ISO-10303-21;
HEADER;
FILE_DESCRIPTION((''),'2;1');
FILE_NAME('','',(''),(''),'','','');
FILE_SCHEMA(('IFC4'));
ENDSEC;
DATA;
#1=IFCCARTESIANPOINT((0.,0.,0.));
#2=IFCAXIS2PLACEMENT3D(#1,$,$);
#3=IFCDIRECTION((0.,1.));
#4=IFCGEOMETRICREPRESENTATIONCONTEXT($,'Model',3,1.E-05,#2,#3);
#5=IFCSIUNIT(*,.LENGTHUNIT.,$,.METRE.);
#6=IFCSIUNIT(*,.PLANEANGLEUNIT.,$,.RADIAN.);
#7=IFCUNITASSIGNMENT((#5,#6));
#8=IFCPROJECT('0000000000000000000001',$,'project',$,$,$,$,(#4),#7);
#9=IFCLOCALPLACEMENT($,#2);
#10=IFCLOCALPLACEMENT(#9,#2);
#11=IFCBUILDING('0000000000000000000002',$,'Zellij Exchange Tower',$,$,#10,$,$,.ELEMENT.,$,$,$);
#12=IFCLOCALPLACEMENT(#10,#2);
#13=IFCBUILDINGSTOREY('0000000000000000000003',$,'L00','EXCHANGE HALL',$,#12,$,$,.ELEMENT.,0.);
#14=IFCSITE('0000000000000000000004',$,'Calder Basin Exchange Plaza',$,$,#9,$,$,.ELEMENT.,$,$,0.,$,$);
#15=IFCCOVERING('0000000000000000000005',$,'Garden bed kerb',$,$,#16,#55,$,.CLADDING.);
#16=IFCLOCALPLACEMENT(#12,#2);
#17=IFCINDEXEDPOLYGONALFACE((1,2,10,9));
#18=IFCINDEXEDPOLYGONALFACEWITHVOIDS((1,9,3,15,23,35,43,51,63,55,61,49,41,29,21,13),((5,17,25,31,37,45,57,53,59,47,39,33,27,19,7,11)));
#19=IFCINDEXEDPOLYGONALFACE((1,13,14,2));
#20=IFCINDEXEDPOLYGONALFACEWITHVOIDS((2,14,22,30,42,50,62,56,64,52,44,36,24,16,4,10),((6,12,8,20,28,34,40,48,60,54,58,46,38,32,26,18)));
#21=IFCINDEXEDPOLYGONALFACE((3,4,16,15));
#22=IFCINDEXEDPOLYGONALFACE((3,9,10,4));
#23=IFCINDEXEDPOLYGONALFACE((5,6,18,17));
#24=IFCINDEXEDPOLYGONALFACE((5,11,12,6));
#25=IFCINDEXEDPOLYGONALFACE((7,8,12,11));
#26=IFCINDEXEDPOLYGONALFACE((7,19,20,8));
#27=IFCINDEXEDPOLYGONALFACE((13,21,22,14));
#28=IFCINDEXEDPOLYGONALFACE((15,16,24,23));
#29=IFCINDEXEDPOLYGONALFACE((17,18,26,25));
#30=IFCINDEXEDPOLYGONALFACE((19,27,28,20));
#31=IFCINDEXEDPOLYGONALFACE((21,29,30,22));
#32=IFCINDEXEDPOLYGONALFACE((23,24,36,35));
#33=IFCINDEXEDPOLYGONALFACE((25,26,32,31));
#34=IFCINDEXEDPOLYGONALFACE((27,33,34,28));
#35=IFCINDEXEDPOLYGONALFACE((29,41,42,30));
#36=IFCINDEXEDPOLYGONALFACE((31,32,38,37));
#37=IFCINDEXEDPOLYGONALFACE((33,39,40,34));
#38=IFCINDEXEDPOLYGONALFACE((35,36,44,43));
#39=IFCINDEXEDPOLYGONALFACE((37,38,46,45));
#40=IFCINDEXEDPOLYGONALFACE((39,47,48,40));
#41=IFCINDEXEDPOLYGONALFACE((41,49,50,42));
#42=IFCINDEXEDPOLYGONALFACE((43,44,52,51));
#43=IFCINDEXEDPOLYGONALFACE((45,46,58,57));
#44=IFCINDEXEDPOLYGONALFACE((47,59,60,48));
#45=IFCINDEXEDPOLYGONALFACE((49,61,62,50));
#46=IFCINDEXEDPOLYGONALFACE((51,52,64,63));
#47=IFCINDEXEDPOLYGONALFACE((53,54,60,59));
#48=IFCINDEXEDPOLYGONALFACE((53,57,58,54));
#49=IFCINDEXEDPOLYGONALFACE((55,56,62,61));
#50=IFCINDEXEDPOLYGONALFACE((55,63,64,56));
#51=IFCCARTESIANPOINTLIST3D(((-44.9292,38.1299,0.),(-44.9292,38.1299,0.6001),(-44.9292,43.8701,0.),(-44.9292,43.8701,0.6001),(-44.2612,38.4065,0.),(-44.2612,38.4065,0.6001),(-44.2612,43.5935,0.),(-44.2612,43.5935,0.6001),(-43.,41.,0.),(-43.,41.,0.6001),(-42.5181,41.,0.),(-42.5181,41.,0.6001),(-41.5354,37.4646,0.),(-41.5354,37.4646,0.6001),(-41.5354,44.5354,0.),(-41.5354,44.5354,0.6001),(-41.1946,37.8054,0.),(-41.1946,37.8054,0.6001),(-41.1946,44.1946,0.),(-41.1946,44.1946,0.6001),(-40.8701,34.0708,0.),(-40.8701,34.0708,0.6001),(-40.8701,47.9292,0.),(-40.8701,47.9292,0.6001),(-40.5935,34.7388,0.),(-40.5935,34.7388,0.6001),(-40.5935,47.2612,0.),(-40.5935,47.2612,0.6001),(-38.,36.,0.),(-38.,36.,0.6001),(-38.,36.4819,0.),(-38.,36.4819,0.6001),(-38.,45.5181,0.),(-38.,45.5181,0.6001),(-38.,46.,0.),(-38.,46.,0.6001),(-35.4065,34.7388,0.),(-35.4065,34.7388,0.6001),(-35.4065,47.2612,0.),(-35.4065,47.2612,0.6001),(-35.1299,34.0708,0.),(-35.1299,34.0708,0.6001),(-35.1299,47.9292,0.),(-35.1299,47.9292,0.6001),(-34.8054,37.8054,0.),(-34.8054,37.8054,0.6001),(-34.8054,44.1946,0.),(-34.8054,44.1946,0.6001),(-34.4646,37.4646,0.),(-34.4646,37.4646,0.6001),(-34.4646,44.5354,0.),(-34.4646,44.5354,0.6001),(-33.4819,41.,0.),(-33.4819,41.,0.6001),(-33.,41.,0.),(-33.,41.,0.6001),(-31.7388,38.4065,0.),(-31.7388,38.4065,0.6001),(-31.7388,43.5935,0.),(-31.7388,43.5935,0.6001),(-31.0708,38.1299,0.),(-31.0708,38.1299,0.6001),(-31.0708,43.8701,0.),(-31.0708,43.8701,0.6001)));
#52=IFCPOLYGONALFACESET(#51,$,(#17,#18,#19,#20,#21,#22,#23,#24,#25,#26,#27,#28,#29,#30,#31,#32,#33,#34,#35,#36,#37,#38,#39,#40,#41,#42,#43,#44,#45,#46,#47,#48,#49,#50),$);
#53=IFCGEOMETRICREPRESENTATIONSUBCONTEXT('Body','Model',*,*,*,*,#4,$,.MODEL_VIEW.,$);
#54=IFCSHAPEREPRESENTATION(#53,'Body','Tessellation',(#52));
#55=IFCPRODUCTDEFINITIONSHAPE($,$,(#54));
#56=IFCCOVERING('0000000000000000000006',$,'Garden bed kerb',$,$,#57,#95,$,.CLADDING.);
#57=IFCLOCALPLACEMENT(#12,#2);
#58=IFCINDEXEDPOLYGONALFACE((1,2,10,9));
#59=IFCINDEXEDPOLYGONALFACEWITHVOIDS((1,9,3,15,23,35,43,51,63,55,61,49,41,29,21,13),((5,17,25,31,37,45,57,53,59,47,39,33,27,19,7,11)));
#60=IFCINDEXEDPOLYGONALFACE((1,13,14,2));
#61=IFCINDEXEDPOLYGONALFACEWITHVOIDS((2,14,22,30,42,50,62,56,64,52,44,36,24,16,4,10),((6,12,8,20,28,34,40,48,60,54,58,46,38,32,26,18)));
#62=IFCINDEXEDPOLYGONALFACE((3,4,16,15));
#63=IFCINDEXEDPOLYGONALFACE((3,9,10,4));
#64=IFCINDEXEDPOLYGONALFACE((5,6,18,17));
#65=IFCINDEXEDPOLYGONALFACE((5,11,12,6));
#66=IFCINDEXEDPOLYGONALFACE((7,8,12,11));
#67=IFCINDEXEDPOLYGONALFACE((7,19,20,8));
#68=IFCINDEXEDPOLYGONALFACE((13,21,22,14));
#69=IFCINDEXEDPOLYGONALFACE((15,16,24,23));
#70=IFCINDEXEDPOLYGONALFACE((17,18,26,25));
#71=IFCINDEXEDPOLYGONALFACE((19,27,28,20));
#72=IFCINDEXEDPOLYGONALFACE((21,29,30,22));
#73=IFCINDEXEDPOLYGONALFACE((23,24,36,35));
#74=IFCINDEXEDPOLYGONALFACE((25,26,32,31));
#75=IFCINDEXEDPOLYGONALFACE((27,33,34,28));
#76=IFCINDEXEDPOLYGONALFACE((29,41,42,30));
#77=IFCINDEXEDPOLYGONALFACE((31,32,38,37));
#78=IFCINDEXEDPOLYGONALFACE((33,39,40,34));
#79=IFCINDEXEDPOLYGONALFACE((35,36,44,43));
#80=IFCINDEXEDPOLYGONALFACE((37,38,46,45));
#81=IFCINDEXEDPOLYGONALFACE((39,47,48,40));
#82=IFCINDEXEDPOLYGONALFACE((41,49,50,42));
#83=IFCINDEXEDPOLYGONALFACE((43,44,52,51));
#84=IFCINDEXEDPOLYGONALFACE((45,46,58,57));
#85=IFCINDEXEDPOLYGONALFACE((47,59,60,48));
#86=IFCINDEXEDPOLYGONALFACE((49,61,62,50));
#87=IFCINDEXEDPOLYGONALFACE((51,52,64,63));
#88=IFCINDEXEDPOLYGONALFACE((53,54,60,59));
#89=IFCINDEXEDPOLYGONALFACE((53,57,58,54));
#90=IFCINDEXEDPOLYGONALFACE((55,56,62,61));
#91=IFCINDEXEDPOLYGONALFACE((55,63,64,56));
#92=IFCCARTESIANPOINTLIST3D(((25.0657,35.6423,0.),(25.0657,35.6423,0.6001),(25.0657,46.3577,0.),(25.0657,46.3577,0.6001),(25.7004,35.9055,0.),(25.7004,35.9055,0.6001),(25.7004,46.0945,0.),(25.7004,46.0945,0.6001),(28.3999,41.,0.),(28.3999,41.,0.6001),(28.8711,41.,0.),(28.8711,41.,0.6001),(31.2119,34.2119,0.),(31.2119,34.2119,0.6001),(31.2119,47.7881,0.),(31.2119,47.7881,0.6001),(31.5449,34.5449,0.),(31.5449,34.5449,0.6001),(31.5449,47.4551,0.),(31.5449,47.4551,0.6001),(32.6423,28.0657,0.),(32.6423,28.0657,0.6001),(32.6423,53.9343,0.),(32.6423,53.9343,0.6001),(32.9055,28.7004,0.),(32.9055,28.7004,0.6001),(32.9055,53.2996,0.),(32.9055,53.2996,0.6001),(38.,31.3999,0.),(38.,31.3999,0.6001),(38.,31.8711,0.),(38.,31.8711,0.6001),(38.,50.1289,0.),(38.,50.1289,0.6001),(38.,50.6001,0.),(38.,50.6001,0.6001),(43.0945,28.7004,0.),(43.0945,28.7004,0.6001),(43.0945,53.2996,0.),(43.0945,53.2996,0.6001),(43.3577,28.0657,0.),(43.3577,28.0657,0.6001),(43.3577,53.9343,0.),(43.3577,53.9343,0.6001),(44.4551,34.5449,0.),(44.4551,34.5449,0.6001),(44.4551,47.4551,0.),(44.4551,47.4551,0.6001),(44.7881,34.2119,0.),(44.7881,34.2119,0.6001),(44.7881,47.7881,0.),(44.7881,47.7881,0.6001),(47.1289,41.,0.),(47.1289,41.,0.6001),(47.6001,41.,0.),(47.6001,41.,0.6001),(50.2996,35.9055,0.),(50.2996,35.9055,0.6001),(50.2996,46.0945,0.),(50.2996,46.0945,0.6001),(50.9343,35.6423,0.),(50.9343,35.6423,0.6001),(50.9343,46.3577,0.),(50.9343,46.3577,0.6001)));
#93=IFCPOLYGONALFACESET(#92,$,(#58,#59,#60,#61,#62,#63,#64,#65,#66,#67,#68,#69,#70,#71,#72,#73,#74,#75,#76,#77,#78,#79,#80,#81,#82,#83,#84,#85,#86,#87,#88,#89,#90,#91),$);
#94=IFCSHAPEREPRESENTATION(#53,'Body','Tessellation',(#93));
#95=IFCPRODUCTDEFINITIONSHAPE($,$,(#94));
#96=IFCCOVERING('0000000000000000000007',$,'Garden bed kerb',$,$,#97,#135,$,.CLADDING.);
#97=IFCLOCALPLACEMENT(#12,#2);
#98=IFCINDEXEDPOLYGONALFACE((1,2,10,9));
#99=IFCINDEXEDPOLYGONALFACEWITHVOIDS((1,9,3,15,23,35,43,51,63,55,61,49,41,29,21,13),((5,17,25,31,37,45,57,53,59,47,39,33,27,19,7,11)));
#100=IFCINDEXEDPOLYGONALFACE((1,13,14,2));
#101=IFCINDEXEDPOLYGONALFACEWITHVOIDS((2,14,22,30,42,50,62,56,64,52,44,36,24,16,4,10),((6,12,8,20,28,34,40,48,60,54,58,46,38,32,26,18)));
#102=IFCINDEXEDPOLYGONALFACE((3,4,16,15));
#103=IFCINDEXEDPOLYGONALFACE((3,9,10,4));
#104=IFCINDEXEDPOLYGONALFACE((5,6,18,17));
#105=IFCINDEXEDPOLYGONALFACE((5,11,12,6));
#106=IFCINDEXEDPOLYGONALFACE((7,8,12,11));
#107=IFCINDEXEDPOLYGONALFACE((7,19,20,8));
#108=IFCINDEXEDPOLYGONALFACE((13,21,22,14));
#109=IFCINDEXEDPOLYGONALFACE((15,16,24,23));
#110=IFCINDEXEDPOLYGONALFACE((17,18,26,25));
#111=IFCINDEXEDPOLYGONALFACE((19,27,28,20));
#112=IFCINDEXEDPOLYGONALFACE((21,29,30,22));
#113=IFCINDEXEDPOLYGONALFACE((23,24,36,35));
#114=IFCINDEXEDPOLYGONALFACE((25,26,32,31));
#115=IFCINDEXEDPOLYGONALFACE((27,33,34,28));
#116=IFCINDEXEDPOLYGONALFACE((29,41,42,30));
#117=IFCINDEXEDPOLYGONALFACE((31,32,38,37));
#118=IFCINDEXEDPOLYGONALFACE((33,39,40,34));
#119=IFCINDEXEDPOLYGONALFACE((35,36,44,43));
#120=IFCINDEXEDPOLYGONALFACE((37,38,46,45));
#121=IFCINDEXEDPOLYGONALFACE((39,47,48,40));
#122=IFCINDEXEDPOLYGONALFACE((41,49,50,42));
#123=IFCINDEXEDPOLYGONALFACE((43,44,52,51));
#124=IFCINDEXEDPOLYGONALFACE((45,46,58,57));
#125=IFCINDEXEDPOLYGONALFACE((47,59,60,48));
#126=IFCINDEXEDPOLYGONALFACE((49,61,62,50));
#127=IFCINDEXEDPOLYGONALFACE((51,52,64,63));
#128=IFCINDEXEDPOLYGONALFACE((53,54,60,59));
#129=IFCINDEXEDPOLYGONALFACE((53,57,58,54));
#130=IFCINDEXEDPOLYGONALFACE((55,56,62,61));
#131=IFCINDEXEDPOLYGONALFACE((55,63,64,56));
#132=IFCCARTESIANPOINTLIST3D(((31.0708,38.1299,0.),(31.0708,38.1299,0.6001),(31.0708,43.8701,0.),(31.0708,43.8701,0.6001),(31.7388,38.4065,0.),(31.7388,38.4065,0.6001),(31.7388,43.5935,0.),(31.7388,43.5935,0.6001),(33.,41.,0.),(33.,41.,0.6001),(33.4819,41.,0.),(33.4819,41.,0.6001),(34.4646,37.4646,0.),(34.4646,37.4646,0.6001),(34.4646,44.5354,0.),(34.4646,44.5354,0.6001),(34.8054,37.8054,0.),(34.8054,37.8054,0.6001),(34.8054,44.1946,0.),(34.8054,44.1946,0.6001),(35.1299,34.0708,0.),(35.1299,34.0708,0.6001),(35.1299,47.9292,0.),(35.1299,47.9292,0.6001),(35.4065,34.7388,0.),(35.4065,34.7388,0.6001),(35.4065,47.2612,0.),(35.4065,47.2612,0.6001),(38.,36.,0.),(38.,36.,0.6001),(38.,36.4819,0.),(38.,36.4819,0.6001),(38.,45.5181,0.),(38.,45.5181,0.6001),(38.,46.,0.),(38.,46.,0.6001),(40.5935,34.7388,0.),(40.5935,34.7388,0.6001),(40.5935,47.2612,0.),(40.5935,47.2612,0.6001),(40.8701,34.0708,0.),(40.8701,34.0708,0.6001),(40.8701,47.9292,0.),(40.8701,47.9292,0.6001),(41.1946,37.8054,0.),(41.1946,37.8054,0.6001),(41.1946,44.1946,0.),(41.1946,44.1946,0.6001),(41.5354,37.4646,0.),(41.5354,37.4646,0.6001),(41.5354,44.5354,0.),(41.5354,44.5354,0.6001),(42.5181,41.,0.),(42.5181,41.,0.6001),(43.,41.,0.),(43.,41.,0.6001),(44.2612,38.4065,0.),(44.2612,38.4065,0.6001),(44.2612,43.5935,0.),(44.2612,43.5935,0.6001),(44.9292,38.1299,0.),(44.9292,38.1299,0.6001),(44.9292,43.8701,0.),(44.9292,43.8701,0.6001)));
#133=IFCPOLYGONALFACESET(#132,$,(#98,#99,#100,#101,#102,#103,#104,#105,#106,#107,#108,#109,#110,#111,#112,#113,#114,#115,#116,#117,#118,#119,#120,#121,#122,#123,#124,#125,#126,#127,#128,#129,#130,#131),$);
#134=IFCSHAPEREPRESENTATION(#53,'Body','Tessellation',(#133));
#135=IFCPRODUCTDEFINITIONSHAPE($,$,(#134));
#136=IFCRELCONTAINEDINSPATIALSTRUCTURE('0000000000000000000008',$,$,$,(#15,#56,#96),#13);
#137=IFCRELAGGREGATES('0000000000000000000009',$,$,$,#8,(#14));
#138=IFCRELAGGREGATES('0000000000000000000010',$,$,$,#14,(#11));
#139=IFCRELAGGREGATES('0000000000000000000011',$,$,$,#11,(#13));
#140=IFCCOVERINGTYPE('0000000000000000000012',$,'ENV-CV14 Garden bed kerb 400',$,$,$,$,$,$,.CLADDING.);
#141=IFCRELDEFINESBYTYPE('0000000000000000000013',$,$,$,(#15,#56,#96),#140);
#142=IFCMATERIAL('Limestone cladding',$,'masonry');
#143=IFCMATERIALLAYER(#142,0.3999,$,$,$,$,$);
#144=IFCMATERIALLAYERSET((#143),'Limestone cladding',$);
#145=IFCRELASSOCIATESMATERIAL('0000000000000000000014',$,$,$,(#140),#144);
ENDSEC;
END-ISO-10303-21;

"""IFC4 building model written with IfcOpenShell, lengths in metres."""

from ifc_helpers import new_model, si_unit, direction, origin, place, context, subcontext, project, spatial, polyline, outline, extrude, material, layer, layer_set, type_object, element, save


model = new_model("IFC4")

# Units and contexts
model_context = context("Model", 3, precision=1e-05, world=origin(), true_north=direction((0.0, 1.0)))
body_context = subcontext(model_context, "Body", "Model", "MODEL_VIEW")
ifc_project = project(units=[si_unit("LENGTHUNIT", "METRE"), si_unit("PLANEANGLEUNIT", "RADIAN")], contexts=[model_context])

# Site, building, storey
site_placement = place(None, origin())
site = spatial("IfcSite", under=ifc_project, at=site_placement, Name="Calder Basin Exchange Plaza", CompositionType="ELEMENT", RefElevation=0.0)
building_placement = place(site_placement, origin())
building = spatial("IfcBuilding", under=site, at=building_placement, Name="Zellij Exchange Tower", CompositionType="ELEMENT")
storey_placement = place(building_placement, origin())
storey = spatial("IfcBuildingStorey", under=building, at=storey_placement, Name="L00", Description="EXCHANGE HALL", CompositionType="ELEMENT", Elevation=0.0)

# Coverings
ifc_material_1 = material(Name="Limestone cladding", Category="masonry")
ifc_layer_1 = layer(ifc_material_1, 0.3999)
ifc_layer_set_1 = layer_set([ifc_layer_1], Name="Limestone cladding")
covering_type = type_object("IfcCoveringType", Name="ENV-CV14 Garden bed kerb 400", PredefinedType="CLADDING", material=ifc_layer_set_1)
covering_1_placement = place(storey_placement, origin())
element("IfcCovering", 1, at=covering_1_placement, inside=storey, type_object=covering_type, Name="Garden bed kerb", PredefinedType="CLADDING", context=body_context, shape_type="SweptSolid", body=[
    extrude(outline(polyline([(-31.0708, 43.8701), (-34.4646, 44.5354), (-35.1299, 47.9292), (-38.0, 46.0), (-40.8701, 47.9292), (-41.5354, 44.5354), (-44.9292, 43.8701), (-43.0, 41.0), (-44.9292, 38.1299), (-41.5354, 37.4646), (-40.8701, 34.0708), (-38.0, 36.0), (-35.1299, 34.0708), (-34.4646, 37.4646), (-31.0708, 38.1299), (-33.0, 41.0), (-31.0708, 43.8701)]), holes=[polyline([(-31.7388, 43.5935), (-33.4819, 41.0), (-31.7388, 38.4065), (-34.8054, 37.8054), (-35.4065, 34.7388), (-38.0, 36.4819), (-40.5935, 34.7388), (-41.1946, 37.8054), (-44.2612, 38.4065), (-42.5181, 41.0), (-44.2612, 43.5935), (-41.1946, 44.1946), (-40.5935, 47.2612), (-38.0, 45.5181), (-35.4065, 47.2612), (-34.8054, 44.1946), (-31.7388, 43.5935)])]), origin(), (0.0, 0.0, 1.0), 0.6001),
])
covering_2_placement = place(storey_placement, origin())
element("IfcCovering", 2, at=covering_2_placement, inside=storey, type_object=covering_type, Name="Garden bed kerb", PredefinedType="CLADDING", context=body_context, shape_type="SweptSolid", body=[
    extrude(outline(polyline([(50.9343, 46.3577), (44.7881, 47.7881), (43.3577, 53.9343), (38.0, 50.6001), (32.6423, 53.9343), (31.2119, 47.7881), (25.0657, 46.3577), (28.3999, 41.0), (25.0657, 35.6423), (31.2119, 34.2119), (32.6423, 28.0657), (38.0, 31.3999), (43.3577, 28.0657), (44.7881, 34.2119), (50.9343, 35.6423), (47.6001, 41.0), (50.9343, 46.3577)]), holes=[polyline([(50.2996, 46.0945), (47.1289, 41.0), (50.2996, 35.9055), (44.4551, 34.5449), (43.0945, 28.7004), (38.0, 31.8711), (32.9055, 28.7004), (31.5449, 34.5449), (25.7004, 35.9055), (28.8711, 41.0), (25.7004, 46.0945), (31.5449, 47.4551), (32.9055, 53.2996), (38.0, 50.1289), (43.0945, 53.2996), (44.4551, 47.4551), (50.2996, 46.0945)])]), origin(), (0.0, 0.0, 1.0), 0.6001),
])
covering_3_placement = place(storey_placement, origin())
element("IfcCovering", 3, at=covering_3_placement, inside=storey, type_object=covering_type, Name="Garden bed kerb", PredefinedType="CLADDING", context=body_context, shape_type="SweptSolid", body=[
    extrude(outline(polyline([(44.9292, 43.8701), (41.5354, 44.5354), (40.8701, 47.9292), (38.0, 46.0), (35.1299, 47.9292), (34.4646, 44.5354), (31.0708, 43.8701), (33.0, 41.0), (31.0708, 38.1299), (34.4646, 37.4646), (35.1299, 34.0708), (38.0, 36.0), (40.8701, 34.0708), (41.5354, 37.4646), (44.9292, 38.1299), (43.0, 41.0), (44.9292, 43.8701)]), holes=[polyline([(44.2612, 43.5935), (42.5181, 41.0), (44.2612, 38.4065), (41.1946, 37.8054), (40.5935, 34.7388), (38.0, 36.4819), (35.4065, 34.7388), (34.8054, 37.8054), (31.7388, 38.4065), (33.4819, 41.0), (31.7388, 43.5935), (34.8054, 44.1946), (35.4065, 47.2612), (38.0, 45.5181), (40.5935, 47.2612), (41.1946, 44.1946), (44.2612, 43.5935)])]), origin(), (0.0, 0.0, 1.0), 0.6001),
])

save(model, "model.ifc")
